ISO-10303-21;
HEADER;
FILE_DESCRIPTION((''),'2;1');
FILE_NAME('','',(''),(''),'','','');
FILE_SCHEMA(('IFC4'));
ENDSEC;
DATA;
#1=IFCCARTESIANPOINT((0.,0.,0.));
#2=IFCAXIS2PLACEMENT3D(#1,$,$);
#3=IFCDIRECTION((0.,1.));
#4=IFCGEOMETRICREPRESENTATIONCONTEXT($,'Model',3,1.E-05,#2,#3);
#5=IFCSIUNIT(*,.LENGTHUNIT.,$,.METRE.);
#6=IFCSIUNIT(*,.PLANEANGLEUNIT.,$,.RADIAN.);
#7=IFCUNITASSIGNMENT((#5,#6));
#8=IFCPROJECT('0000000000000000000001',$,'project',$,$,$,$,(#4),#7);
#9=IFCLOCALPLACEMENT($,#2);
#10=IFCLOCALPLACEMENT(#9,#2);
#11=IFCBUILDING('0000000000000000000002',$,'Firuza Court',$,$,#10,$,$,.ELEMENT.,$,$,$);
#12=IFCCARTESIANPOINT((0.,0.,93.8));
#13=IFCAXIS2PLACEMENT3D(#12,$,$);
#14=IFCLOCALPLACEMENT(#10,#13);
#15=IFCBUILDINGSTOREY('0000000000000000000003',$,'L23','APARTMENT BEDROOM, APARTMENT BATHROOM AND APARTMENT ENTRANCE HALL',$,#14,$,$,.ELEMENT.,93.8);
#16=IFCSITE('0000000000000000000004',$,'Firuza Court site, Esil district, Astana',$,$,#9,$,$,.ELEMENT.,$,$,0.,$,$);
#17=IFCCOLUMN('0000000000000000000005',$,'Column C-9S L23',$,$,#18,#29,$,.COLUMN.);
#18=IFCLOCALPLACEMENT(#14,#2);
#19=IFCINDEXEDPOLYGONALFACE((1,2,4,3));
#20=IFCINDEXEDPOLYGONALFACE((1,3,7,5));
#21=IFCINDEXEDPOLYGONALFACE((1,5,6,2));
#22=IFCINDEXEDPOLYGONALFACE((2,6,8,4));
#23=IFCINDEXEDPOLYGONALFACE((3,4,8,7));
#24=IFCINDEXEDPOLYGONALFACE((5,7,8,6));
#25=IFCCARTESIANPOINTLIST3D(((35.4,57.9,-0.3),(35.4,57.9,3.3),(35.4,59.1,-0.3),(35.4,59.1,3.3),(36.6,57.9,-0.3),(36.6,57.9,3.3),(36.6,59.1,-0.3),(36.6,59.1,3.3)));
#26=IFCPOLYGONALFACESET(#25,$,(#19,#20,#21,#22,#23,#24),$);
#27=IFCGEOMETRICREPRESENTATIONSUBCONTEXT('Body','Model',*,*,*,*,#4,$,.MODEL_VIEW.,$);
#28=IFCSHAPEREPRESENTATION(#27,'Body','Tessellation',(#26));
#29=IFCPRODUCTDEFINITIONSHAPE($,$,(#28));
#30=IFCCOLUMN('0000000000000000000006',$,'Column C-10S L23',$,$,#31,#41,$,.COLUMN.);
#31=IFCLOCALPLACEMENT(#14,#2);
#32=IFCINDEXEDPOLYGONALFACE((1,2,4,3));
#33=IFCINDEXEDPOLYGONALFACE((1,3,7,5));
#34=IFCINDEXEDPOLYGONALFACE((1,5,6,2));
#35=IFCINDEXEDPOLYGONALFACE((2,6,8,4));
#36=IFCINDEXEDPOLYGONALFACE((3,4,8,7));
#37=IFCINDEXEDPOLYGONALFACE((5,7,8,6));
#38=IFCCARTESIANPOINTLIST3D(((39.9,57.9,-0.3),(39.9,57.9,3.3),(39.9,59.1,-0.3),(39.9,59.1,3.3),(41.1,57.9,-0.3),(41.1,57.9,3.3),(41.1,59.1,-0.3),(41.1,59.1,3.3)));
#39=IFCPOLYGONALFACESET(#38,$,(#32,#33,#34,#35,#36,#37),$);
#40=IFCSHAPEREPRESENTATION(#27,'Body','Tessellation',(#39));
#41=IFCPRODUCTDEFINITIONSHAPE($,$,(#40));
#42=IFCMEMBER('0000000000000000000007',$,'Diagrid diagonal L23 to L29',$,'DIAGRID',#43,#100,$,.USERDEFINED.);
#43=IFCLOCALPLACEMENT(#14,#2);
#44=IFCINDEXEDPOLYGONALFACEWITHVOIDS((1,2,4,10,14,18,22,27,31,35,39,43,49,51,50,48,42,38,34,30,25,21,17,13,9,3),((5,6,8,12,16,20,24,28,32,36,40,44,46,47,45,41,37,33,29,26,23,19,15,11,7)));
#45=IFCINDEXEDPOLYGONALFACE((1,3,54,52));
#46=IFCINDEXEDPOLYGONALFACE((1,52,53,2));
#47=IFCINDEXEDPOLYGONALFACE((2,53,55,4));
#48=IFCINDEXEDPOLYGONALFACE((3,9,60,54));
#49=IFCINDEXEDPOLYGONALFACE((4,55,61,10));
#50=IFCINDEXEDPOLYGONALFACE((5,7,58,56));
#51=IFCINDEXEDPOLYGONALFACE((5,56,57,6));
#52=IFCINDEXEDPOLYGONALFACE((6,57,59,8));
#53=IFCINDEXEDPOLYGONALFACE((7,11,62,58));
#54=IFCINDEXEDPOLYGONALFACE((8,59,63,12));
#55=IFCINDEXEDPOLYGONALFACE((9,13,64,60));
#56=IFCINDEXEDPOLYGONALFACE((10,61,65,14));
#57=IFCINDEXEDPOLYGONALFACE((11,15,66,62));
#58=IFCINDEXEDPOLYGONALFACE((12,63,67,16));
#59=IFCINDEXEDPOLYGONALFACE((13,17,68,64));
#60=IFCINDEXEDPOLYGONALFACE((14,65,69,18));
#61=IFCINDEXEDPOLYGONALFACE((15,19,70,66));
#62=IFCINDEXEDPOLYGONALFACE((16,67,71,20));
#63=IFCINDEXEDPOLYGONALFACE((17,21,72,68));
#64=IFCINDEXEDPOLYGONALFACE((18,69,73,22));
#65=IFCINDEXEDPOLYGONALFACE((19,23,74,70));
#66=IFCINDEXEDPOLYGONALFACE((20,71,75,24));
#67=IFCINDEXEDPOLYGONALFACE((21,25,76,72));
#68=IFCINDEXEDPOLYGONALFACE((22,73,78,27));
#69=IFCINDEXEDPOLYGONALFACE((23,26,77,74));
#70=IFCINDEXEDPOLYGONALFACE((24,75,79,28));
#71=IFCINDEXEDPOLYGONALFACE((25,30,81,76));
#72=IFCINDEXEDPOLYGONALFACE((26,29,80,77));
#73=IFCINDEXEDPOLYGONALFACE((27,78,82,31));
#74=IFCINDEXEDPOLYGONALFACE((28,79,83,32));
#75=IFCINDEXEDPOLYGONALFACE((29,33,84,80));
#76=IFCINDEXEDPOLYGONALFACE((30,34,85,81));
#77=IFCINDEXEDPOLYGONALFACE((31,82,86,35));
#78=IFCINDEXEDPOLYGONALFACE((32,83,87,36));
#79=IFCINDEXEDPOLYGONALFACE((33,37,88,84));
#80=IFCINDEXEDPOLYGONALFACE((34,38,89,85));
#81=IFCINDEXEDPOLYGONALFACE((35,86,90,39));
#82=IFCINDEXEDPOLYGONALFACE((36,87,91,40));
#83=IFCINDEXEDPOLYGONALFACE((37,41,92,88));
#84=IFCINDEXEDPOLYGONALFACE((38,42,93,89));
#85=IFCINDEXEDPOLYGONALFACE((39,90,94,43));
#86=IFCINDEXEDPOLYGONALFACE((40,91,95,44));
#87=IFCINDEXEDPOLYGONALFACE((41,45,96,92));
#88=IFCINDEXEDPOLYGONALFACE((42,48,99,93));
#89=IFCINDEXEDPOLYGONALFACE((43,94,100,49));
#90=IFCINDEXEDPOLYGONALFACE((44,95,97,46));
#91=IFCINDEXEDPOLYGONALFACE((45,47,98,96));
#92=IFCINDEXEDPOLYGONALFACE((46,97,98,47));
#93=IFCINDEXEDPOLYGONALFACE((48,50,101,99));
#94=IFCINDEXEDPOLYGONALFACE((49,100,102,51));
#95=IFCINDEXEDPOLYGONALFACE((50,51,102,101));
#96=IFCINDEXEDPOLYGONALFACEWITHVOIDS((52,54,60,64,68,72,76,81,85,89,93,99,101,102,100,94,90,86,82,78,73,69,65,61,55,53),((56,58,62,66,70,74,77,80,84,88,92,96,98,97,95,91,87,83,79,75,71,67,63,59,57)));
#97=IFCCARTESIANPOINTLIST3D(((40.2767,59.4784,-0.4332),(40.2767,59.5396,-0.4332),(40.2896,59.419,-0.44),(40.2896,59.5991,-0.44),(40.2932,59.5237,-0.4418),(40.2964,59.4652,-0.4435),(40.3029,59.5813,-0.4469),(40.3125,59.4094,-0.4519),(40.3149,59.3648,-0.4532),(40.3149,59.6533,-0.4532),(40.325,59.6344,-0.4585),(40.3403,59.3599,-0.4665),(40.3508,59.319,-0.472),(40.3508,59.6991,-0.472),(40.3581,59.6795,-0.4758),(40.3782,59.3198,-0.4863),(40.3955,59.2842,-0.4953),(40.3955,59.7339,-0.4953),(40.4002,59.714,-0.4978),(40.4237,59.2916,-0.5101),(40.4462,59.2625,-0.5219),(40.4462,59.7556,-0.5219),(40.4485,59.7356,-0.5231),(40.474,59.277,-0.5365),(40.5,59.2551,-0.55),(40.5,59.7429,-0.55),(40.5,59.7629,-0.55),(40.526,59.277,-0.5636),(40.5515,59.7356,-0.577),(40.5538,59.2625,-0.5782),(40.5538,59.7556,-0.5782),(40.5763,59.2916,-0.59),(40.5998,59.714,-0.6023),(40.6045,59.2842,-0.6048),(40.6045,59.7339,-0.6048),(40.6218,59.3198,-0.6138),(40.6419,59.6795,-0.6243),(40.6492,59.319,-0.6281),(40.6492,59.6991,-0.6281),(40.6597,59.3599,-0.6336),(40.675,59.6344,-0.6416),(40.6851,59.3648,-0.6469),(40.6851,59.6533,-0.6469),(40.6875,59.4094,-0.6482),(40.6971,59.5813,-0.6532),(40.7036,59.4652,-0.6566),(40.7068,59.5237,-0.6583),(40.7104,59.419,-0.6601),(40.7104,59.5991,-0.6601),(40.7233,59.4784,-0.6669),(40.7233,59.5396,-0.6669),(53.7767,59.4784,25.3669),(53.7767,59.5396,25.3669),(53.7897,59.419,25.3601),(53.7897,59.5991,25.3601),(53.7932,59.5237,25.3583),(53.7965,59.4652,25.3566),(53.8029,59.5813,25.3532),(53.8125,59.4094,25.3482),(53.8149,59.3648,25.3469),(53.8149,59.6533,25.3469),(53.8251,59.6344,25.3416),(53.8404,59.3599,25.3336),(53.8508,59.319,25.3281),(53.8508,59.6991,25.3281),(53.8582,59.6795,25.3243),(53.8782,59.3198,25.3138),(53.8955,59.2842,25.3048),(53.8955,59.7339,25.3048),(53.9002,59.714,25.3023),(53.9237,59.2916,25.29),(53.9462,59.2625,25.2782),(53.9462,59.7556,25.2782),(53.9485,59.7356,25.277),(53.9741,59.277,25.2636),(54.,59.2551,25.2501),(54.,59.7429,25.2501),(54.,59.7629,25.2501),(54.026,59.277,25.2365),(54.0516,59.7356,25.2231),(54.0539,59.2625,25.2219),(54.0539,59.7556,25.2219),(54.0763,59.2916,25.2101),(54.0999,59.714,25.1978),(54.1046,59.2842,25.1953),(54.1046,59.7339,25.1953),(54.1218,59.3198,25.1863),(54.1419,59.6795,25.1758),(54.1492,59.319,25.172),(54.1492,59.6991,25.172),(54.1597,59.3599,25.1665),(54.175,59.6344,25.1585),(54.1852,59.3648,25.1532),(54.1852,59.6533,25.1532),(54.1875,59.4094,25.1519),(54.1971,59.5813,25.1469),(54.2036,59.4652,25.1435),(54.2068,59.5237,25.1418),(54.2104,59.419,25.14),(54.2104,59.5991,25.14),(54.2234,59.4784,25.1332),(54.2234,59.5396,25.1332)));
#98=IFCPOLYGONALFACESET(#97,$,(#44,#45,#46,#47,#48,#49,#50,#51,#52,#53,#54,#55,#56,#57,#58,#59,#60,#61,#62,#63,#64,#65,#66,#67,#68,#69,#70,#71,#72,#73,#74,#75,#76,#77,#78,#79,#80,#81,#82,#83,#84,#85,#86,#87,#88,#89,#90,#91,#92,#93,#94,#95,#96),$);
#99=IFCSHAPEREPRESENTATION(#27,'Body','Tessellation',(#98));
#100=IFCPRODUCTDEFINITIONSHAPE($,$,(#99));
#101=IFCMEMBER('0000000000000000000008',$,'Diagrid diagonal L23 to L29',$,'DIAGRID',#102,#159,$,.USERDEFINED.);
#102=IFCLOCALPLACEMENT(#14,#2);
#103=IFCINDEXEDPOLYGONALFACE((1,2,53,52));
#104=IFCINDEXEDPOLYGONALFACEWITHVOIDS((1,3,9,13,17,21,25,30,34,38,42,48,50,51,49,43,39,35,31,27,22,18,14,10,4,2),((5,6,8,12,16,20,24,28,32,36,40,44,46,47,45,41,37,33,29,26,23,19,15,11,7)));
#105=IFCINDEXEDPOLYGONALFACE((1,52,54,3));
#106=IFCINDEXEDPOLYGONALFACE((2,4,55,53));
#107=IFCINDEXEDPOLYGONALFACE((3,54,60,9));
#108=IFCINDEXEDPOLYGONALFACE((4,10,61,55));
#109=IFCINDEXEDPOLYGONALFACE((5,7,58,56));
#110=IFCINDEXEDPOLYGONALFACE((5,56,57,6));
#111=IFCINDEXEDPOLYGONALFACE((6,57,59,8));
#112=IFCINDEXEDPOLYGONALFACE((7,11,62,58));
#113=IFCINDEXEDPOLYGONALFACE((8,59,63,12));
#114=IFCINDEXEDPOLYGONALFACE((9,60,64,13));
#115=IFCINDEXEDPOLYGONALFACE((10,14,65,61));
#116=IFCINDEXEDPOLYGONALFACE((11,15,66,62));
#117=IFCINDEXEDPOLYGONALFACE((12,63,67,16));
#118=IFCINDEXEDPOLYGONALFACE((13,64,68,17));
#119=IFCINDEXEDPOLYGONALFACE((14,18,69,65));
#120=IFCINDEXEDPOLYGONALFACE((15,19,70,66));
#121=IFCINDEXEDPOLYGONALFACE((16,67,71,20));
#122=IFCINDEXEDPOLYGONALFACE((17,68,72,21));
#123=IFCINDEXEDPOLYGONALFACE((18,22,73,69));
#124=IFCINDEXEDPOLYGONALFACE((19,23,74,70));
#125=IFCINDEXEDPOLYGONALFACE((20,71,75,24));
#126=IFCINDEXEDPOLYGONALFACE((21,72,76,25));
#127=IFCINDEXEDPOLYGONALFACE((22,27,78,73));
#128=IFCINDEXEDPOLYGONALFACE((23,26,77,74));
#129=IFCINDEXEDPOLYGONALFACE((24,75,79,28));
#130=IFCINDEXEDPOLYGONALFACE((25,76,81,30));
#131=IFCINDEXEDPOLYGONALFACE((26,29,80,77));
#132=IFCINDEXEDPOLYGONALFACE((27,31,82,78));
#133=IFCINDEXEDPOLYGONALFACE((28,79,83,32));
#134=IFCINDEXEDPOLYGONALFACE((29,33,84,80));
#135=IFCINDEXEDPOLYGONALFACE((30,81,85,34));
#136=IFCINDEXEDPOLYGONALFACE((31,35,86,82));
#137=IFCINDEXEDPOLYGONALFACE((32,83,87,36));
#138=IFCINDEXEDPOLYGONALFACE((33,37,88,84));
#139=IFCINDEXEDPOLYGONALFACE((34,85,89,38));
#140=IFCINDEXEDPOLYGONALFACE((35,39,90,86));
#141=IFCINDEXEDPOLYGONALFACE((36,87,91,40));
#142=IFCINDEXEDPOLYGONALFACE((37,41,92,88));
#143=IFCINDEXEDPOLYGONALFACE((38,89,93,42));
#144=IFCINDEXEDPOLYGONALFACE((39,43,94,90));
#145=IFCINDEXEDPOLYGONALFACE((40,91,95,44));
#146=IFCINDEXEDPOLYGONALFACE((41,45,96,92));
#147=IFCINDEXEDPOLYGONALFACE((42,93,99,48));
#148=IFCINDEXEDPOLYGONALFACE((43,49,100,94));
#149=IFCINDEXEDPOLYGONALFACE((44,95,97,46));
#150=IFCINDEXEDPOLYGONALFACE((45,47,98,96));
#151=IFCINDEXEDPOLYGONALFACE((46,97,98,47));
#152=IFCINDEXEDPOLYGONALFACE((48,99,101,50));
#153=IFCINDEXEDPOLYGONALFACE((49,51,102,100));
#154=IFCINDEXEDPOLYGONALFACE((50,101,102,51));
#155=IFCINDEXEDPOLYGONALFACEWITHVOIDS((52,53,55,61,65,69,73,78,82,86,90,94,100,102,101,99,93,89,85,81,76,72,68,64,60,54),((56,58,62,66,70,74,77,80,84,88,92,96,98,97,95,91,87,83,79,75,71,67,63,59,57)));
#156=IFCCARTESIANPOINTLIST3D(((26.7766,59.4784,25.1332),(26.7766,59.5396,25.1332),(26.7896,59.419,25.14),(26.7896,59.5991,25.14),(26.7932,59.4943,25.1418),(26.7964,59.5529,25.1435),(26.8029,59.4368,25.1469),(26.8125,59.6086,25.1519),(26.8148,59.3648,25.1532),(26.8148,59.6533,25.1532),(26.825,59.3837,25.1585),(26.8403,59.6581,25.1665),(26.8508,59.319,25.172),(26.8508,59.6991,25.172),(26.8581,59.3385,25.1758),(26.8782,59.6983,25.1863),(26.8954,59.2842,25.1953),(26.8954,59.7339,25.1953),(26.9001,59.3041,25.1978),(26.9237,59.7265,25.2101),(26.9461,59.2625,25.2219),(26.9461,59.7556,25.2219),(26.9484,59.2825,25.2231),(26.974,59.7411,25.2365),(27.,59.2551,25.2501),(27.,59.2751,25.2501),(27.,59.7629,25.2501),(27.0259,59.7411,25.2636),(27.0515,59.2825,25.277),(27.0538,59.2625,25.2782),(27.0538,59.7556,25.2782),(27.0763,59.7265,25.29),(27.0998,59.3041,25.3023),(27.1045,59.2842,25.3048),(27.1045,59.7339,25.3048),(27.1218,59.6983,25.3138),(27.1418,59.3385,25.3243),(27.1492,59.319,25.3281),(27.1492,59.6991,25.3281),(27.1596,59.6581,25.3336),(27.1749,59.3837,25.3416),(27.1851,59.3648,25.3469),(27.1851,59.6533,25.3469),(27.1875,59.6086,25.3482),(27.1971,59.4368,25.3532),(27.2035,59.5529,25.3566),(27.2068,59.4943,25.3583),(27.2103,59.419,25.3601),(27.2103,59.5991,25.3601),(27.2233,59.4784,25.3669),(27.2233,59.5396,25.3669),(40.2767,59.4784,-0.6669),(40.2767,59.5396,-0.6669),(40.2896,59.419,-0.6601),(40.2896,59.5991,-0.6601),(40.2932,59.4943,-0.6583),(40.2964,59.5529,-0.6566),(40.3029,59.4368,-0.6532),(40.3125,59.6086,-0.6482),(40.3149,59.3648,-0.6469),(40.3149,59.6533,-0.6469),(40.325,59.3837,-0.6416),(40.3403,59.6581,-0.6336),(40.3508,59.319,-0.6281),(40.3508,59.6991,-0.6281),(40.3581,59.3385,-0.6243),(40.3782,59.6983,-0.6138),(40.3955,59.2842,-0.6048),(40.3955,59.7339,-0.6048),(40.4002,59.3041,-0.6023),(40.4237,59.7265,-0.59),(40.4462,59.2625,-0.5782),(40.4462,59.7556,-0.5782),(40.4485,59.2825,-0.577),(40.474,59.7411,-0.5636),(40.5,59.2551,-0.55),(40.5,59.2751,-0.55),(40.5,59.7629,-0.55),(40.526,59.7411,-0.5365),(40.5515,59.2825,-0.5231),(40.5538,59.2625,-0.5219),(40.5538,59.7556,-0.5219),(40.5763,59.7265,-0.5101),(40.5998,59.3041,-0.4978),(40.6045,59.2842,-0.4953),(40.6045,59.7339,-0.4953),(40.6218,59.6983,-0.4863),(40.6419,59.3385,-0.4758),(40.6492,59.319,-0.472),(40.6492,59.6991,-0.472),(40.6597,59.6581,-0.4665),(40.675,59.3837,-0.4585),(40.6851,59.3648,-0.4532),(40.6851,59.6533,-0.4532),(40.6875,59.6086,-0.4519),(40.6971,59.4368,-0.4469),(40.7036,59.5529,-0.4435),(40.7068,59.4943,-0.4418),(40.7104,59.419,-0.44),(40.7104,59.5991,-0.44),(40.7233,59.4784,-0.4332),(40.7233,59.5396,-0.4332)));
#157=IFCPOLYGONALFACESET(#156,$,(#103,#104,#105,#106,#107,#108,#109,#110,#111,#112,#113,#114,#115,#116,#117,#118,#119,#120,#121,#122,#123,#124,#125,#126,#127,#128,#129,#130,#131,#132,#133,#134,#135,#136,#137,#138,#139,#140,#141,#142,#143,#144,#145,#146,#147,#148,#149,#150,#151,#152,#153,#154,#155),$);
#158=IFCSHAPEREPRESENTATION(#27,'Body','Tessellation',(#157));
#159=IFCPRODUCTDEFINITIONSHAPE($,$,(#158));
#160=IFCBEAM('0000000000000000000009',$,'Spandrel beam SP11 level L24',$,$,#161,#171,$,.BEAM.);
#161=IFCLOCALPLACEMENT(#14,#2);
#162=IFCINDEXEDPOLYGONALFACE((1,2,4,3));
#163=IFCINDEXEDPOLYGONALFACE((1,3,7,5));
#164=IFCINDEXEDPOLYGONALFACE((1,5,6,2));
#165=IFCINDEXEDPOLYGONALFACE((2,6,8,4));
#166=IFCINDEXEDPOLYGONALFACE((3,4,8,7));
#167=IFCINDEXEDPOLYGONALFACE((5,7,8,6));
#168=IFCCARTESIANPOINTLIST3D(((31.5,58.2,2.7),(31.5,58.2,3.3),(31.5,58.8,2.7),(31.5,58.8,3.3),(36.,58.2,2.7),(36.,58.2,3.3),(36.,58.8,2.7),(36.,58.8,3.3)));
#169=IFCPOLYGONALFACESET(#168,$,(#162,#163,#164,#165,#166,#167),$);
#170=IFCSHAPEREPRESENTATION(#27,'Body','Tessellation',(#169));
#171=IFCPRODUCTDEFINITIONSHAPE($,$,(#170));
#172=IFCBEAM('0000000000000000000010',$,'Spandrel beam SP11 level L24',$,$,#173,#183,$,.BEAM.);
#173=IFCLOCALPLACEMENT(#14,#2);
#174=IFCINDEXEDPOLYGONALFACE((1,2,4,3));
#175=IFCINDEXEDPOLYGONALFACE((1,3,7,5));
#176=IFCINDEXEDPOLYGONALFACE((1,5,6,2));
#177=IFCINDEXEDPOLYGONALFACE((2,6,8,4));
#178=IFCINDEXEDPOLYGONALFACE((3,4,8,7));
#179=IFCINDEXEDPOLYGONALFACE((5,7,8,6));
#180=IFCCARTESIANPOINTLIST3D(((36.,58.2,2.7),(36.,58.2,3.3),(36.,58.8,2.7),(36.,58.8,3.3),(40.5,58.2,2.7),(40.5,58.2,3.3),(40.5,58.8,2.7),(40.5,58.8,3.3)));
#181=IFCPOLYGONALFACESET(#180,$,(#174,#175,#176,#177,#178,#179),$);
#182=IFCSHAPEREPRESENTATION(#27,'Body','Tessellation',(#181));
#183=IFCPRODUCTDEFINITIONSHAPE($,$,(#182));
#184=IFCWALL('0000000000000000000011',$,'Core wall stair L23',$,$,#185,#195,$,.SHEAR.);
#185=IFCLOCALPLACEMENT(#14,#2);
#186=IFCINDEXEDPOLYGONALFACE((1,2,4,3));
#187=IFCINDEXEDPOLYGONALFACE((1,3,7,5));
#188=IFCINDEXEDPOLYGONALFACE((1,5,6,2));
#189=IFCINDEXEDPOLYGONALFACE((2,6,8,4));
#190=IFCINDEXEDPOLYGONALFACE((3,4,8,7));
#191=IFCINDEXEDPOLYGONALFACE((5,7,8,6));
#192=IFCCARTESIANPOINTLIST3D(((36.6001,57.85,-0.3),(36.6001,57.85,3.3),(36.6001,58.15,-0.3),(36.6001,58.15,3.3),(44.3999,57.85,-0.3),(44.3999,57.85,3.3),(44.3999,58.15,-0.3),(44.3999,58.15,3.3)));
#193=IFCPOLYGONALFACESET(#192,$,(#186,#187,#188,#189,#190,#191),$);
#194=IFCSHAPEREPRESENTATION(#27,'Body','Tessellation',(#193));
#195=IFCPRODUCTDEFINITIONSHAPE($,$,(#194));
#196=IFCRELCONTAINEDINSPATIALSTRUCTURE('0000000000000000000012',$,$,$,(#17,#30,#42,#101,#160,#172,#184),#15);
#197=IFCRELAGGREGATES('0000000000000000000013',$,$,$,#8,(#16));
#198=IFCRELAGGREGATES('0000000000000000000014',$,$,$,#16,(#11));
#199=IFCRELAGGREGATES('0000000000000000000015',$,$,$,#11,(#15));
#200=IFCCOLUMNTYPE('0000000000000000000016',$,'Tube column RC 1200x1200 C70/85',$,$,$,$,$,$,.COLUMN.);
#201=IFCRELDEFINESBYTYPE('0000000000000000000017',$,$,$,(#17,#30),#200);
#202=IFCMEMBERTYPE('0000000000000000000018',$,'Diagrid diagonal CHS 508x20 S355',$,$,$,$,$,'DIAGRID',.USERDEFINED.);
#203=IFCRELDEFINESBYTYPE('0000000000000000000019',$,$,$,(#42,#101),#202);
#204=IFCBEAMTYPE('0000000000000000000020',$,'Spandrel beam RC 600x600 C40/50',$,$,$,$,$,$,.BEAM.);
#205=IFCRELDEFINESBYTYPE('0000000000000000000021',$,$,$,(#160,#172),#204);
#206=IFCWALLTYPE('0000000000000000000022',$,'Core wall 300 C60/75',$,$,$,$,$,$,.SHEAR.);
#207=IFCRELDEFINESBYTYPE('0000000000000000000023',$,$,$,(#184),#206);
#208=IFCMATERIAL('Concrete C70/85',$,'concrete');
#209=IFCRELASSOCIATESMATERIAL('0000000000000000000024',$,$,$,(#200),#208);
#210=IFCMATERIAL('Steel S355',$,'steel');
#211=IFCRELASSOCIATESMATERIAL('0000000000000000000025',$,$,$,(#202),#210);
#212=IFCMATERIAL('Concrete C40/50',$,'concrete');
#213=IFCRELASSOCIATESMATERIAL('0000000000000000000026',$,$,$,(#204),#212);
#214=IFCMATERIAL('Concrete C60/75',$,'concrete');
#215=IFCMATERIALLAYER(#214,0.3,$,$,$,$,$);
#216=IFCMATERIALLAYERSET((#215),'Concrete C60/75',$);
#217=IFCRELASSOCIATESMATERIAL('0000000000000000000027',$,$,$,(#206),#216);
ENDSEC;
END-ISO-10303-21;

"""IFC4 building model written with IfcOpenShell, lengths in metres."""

from ifc_helpers import new_model, si_unit, direction, frame, frame_2d, origin, origin_2d, place, context, subcontext, project, spatial, rectangle, hollow_circle, extrude, material, layer, layer_set, material_profile, profile_set, type_object, element, save


model = new_model("IFC4")

# Units and contexts
model_context = context("Model", 3, precision=1e-05, world=origin(), true_north=direction((0.0, 1.0)))
body_context = subcontext(model_context, "Body", "Model", "MODEL_VIEW")
ifc_project = project(units=[si_unit("LENGTHUNIT", "METRE"), si_unit("PLANEANGLEUNIT", "RADIAN")], contexts=[model_context])

# Site, building, storey
site_placement = place(None, origin())
site = spatial("IfcSite", under=ifc_project, at=site_placement, Name="Firuza Court site, Esil district, Astana", CompositionType="ELEMENT", RefElevation=0.0)
building_placement = place(site_placement, origin())
building = spatial("IfcBuilding", under=site, at=building_placement, Name="Firuza Court", CompositionType="ELEMENT")
storey_placement = place(building_placement, frame((0.0, 0.0, 93.8)))
storey = spatial("IfcBuildingStorey", under=building, at=storey_placement, Name="L23", Description="APARTMENT BEDROOM, APARTMENT BATHROOM AND APARTMENT ENTRANCE HALL", CompositionType="ELEMENT", Elevation=93.8)

# Columns
ifc_material_1 = material(Name="Concrete C70/85", Category="concrete")
ifc_material_profile_1 = material_profile(ifc_material_1, rectangle(XDim=1.2, YDim=1.2, at=origin_2d()), Name="RC 1200x1200")
ifc_profile_set_1 = profile_set([ifc_material_profile_1], Name="Concrete C70/85")
column_type = type_object("IfcColumnType", Name="Tube column RC 1200x1200 C70/85", PredefinedType="COLUMN", material=ifc_profile_set_1)
for number, where, z_axis, x_axis, name in (
    (1, (36.0, 58.5, -0.3), (0.0, 0.0, 1.0), (1.0, 0.0, 0.0), "Column C-9S L23"),
    (2, (40.5, 58.5, -0.3), (0.0, 0.0, 1.0), (1.0, 0.0, 0.0), "Column C-10S L23"),
):
    element("IfcColumn", number, at=place(storey_placement, frame(where, z_axis=z_axis, x_axis=x_axis)), inside=storey, type_object=column_type, Name=name, PredefinedType="COLUMN", context=body_context, shape_type="SweptSolid", body=[
        extrude(rectangle(XDim=1.2, YDim=1.2, at=origin_2d()), origin(), (0.0, 0.0, 1.0), 3.6001),
    ])

# Members
ifc_material_2 = material(Name="Steel S355", Category="steel")
ifc_material_profile_2 = material_profile(ifc_material_2, hollow_circle(Radius=0.2539, WallThickness=0.02, at=origin_2d()), Name="CHS 508x20")
ifc_profile_set_2 = profile_set([ifc_material_profile_2], Name="Steel S355")
member_type = type_object("IfcMemberType", Name="Diagrid diagonal CHS 508x20 S355", ElementType="DIAGRID", PredefinedType="USERDEFINED", material=ifc_profile_set_2)
for number, where, z_axis, x_axis, name in (
    (3, (40.5, 59.509, -0.55), (0.463621, 0.0, 0.886033), (0.0, 1.0, 0.0), "Diagrid diagonal L23 to L29"),
    (4, (40.5, 59.509, -0.55), (-0.463621, 0.0, 0.886033), (0.0, -1.0, 0.0), "Diagrid diagonal L23 to L29"),
):
    element("IfcMember", number, at=place(storey_placement, frame(where, z_axis=z_axis, x_axis=x_axis)), inside=storey, type_object=member_type, Name=name, ObjectType="DIAGRID", PredefinedType="USERDEFINED", context=body_context, shape_type="SweptSolid", body=[
        extrude(hollow_circle(Radius=0.2539, WallThickness=0.02, at=origin_2d()), origin(), (0.0, 0.0, 1.0), 29.1187),
    ])

# Beams
ifc_material_3 = material(Name="Concrete C40/50", Category="concrete")
ifc_material_profile_3 = material_profile(ifc_material_3, rectangle(XDim=0.6001, YDim=0.6001, at=origin_2d()), Name="RC 600x600")
ifc_profile_set_3 = profile_set([ifc_material_profile_3], Name="Concrete C40/50")
beam_type = type_object("IfcBeamType", Name="Spandrel beam RC 600x600 C40/50", PredefinedType="BEAM", material=ifc_profile_set_3)
for number, where, z_axis, x_axis, name in (
    (5, (36.0, 58.5, 3.0), (-1.0, 0.0, 0.0), (0.0, -1.0, 0.0), "Spandrel beam SP11 level L24"),
    (6, (40.5, 58.5, 3.0), (-1.0, 0.0, 0.0), (0.0, -1.0, 0.0), "Spandrel beam SP11 level L24"),
):
    element("IfcBeam", number, at=place(storey_placement, frame(where, z_axis=z_axis, x_axis=x_axis)), inside=storey, type_object=beam_type, Name=name, PredefinedType="BEAM", context=body_context, shape_type="SweptSolid", body=[
        extrude(rectangle(XDim=0.6001, YDim=0.6001, at=origin_2d()), origin(), (0.0, 0.0, 1.0), 4.5),
    ])

# Wall
ifc_material_4 = material(Name="Concrete C60/75", Category="concrete")
ifc_layer_1 = layer(ifc_material_4, 0.3)
ifc_layer_set_1 = layer_set([ifc_layer_1], Name="Concrete C60/75")
wall_type_1 = type_object("IfcWallType", Name="Core wall 300 C60/75", PredefinedType="SHEAR", material=ifc_layer_set_1)
wall_1_placement = place(storey_placement, frame((36.6001, 58.0, -0.3), z_axis=(0.0, 0.0, 1.0), x_axis=(1.0, 0.0, 0.0)))
element("IfcWall", 7, at=wall_1_placement, inside=storey, type_object=wall_type_1, Name="Core wall stair L23", PredefinedType="SHEAR", context=body_context, shape_type="SweptSolid", body=[
    extrude(rectangle(XDim=7.7998, YDim=0.3, at=frame_2d((3.8999, 0.0))), origin(), (0.0, 0.0, 1.0), 3.6001),
])

save(model, "model.ifc")
